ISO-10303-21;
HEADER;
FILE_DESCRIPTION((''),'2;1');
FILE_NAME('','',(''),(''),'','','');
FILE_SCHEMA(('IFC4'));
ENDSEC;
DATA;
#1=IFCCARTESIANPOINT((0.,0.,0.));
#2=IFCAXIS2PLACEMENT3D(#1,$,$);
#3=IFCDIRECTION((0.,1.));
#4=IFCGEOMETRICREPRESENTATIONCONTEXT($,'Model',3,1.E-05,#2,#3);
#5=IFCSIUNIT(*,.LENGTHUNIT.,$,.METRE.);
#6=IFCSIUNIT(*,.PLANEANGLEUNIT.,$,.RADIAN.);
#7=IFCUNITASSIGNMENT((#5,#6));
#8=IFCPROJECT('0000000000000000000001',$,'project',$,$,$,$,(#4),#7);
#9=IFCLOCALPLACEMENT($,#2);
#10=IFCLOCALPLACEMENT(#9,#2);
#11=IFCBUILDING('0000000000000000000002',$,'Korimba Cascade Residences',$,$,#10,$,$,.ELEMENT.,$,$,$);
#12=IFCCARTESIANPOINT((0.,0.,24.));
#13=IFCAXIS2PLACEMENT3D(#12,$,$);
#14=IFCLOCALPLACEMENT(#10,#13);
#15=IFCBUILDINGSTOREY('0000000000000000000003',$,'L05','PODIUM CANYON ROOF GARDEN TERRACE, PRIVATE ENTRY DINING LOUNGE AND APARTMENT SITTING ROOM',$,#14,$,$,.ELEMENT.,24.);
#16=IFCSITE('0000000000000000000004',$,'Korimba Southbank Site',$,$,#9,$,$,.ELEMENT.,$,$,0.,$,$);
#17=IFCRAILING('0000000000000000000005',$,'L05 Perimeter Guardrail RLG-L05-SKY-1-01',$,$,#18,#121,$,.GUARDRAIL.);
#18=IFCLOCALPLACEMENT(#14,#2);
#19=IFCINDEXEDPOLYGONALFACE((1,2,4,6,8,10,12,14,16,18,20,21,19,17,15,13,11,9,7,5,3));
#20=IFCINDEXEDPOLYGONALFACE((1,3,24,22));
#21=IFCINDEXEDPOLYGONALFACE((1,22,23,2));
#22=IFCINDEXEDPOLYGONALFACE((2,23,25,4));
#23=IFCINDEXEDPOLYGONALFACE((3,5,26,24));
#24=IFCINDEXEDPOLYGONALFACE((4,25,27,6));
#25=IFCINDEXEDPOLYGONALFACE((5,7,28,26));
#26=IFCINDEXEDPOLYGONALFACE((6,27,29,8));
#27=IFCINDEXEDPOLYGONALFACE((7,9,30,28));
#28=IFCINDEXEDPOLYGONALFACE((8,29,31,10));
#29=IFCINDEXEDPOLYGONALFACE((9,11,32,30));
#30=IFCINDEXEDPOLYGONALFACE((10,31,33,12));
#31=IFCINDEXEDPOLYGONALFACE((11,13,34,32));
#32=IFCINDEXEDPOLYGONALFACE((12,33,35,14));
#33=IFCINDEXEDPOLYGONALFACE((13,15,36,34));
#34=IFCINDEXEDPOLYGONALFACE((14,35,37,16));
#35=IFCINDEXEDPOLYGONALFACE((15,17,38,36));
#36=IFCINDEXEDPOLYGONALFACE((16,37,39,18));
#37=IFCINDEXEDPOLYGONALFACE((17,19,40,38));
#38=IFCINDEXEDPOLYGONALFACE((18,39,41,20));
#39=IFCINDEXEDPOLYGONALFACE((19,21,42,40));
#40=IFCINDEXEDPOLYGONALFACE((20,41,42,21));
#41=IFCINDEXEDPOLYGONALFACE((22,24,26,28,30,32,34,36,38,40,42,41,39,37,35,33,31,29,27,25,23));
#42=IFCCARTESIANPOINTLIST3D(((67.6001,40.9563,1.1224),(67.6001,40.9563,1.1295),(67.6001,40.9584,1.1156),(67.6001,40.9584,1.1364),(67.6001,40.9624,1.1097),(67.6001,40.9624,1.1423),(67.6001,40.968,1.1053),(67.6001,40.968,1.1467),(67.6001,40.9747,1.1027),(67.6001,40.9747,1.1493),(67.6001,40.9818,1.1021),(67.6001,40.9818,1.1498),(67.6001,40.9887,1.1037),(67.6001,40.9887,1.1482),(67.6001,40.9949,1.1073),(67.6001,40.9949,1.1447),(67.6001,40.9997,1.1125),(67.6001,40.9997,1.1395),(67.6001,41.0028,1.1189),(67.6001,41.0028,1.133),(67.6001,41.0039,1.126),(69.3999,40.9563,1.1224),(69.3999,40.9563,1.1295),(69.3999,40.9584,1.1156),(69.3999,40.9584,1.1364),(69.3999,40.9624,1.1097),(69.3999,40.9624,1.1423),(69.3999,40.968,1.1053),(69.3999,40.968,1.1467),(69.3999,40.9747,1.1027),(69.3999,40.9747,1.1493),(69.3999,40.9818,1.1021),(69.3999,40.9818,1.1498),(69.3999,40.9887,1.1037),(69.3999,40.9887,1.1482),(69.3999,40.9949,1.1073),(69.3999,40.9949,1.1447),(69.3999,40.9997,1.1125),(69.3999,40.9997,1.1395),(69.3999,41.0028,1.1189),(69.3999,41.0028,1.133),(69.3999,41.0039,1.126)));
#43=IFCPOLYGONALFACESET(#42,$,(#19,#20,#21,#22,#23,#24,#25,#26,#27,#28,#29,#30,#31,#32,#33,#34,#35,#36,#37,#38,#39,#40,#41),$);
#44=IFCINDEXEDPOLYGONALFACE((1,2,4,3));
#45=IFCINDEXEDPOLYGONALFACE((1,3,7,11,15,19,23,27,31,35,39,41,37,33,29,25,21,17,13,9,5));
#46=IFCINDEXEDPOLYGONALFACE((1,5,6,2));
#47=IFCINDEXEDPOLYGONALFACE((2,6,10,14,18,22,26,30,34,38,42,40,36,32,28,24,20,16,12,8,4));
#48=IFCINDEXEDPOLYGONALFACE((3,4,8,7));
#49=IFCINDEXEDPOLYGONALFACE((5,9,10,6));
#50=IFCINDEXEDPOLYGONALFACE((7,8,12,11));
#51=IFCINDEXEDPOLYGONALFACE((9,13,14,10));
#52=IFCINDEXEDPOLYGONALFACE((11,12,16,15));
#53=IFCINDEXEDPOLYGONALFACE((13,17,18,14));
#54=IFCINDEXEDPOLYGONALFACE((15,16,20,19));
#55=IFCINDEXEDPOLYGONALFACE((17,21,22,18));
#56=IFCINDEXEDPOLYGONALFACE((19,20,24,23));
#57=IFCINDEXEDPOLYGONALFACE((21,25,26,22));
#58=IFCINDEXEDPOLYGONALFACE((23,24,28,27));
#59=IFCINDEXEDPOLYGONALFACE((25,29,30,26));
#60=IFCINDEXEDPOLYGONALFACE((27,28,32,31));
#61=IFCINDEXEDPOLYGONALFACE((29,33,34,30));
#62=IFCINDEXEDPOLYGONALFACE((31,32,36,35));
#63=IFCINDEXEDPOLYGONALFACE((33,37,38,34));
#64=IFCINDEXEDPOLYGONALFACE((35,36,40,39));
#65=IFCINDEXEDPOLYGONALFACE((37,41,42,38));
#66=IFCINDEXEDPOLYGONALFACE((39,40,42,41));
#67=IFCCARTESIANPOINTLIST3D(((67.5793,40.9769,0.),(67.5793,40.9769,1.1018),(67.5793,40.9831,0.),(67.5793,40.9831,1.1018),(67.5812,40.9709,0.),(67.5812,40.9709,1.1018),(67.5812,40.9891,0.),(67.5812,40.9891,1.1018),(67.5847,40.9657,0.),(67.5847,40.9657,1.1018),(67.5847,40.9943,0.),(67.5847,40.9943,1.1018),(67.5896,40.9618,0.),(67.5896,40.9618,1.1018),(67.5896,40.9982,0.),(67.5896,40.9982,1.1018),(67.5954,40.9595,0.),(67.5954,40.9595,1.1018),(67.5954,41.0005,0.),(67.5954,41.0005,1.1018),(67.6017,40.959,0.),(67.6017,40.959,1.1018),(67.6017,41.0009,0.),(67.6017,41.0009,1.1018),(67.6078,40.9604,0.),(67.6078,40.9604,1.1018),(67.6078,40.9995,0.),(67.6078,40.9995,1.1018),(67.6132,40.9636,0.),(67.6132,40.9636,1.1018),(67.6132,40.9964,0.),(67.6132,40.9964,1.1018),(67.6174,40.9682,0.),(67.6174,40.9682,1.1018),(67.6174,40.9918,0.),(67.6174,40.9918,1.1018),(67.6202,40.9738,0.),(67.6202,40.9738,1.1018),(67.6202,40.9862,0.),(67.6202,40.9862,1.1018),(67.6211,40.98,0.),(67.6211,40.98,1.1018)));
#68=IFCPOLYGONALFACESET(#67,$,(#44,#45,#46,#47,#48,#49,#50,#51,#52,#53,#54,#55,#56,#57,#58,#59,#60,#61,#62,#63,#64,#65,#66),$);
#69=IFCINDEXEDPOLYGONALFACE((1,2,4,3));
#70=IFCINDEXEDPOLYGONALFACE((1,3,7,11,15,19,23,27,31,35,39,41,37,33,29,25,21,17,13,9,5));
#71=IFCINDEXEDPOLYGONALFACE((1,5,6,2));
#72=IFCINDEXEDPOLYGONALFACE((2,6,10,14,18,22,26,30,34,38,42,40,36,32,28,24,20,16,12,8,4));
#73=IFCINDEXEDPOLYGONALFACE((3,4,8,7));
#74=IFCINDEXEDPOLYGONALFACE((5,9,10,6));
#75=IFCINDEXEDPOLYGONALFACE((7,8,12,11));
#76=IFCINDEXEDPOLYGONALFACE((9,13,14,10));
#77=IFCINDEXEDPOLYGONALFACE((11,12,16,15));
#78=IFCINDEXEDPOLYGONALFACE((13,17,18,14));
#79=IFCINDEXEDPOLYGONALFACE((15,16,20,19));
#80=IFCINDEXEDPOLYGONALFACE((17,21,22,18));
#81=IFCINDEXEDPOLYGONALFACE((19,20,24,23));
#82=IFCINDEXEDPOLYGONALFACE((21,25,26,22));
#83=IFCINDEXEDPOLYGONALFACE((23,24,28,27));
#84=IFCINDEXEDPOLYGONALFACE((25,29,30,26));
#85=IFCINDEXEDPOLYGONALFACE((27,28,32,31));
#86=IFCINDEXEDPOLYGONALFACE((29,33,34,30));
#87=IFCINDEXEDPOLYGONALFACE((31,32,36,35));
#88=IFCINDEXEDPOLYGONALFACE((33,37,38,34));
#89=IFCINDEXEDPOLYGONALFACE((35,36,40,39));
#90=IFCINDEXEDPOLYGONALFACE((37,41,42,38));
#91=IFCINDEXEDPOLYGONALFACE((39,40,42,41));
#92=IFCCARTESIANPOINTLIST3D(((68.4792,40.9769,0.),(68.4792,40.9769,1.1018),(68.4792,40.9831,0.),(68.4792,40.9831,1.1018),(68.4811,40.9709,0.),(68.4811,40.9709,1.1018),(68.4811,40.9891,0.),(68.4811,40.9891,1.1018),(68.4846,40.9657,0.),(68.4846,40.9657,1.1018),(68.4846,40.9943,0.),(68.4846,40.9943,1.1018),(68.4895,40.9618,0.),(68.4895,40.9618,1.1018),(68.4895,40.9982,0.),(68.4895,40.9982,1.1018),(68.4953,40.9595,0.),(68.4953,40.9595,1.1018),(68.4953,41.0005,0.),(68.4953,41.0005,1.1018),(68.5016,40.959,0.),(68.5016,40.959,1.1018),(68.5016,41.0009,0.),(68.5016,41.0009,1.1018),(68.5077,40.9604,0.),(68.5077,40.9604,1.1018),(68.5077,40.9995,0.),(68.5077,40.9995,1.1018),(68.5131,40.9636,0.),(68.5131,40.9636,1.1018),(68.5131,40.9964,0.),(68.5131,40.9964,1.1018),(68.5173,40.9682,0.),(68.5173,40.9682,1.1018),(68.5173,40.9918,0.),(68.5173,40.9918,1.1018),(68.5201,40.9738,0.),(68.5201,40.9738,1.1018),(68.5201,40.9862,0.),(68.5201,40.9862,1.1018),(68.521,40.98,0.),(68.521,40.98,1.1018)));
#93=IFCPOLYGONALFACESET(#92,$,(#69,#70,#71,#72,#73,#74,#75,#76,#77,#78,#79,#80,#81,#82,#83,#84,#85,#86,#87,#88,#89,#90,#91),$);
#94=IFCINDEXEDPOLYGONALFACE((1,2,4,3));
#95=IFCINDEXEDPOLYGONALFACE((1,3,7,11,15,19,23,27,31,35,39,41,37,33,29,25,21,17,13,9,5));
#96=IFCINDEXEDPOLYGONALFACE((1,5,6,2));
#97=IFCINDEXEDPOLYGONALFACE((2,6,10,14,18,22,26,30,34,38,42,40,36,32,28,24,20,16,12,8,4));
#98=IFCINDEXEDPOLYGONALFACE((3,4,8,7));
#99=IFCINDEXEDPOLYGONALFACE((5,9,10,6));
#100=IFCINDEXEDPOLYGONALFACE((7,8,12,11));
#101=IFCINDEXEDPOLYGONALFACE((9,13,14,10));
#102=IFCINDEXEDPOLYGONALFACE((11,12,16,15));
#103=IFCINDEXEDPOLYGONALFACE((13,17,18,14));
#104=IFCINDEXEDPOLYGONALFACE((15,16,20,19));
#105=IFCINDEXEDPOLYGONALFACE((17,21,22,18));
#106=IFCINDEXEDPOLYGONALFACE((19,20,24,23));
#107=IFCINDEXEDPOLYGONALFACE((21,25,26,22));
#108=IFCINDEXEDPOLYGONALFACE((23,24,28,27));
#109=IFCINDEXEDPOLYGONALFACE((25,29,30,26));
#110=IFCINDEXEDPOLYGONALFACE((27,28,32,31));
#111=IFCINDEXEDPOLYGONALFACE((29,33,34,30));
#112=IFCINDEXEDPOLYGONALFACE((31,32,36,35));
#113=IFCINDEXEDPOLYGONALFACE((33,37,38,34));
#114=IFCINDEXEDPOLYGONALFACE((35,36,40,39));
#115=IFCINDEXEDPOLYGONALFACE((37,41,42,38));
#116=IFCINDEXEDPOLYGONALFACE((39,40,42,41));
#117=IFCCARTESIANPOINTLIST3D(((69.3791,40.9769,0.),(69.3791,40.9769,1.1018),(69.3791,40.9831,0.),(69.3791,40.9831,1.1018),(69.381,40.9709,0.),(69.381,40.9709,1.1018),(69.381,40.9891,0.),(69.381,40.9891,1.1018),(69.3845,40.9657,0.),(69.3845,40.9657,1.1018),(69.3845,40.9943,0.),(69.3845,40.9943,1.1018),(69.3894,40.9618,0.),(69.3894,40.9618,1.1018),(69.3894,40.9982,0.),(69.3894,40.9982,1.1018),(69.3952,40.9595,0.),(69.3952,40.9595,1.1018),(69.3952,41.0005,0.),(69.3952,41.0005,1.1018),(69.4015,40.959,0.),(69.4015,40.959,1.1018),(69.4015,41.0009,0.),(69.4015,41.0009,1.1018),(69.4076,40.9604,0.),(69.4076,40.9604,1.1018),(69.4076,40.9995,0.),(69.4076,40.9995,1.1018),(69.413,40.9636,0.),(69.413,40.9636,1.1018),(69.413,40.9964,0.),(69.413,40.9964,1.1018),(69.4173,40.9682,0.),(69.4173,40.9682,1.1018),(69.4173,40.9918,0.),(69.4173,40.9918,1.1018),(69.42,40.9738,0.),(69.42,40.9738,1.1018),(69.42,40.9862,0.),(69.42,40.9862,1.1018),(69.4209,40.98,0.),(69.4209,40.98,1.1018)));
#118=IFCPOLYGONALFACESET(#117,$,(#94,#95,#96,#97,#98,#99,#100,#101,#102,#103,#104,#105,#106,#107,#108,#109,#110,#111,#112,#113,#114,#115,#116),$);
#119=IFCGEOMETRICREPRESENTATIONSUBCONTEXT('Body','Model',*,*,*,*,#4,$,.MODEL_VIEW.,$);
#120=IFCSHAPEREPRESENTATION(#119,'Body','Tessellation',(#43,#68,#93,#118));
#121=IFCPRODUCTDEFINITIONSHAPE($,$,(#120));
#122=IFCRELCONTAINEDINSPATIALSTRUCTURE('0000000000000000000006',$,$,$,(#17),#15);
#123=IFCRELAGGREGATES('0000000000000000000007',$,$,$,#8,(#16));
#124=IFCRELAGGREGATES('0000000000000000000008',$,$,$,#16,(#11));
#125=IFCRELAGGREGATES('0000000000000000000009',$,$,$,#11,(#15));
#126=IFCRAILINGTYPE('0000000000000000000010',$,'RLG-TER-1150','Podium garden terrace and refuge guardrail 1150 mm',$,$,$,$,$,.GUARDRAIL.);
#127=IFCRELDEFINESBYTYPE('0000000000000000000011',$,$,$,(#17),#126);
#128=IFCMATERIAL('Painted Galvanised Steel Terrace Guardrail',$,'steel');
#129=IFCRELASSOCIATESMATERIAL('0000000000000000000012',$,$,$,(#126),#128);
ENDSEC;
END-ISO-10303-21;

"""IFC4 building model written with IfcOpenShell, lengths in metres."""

from ifc_helpers import new_model, si_unit, direction, frame, origin, origin_2d, place, context, subcontext, project, spatial, circle, extrude, material, type_object, element, save


model = new_model("IFC4")

# Units and contexts
model_context = context("Model", 3, precision=1e-05, world=origin(), true_north=direction((0.0, 1.0)))
body_context = subcontext(model_context, "Body", "Model", "MODEL_VIEW")
ifc_project = project(units=[si_unit("LENGTHUNIT", "METRE"), si_unit("PLANEANGLEUNIT", "RADIAN")], contexts=[model_context])

# Site, building, storey
site_placement = place(None, origin())
site = spatial("IfcSite", under=ifc_project, at=site_placement, Name="Korimba Southbank Site", CompositionType="ELEMENT", RefElevation=0.0)
building_placement = place(site_placement, origin())
building = spatial("IfcBuilding", under=site, at=building_placement, Name="Korimba Cascade Residences", CompositionType="ELEMENT")
storey_placement = place(building_placement, frame((0.0, 0.0, 24.0)))
storey = spatial("IfcBuildingStorey", under=building, at=storey_placement, Name="L05", Description="PODIUM CANYON ROOF GARDEN TERRACE, PRIVATE ENTRY DINING LOUNGE AND APARTMENT SITTING ROOM", CompositionType="ELEMENT", Elevation=24.0)

# Railing
ifc_material_1 = material(Name="Painted Galvanised Steel Terrace Guardrail", Category="steel")
railing_type = type_object("IfcRailingType", Name="RLG-TER-1150", Description="Podium garden terrace and refuge guardrail 1150 mm", PredefinedType="GUARDRAIL", material=ifc_material_1)
railing_1_placement = place(storey_placement, frame((67.6001, 40.98, 0.0)))
element("IfcRailing", 1, at=railing_1_placement, inside=storey, type_object=railing_type, Name="L05 Perimeter Guardrail RLG-L05-SKY-1-01", PredefinedType="GUARDRAIL", context=body_context, shape_type="SweptSolid", body=[
    extrude(circle(Radius=0.0239, at=origin_2d()), frame((0.0, 0.0, 1.126), z_axis=(1.0, 0.0, 0.0), x_axis=(0.0, 1.0, 0.0)), (0.0, 0.0, 1.0), 1.7998),
    extrude(circle(Radius=0.021, at=origin_2d()), origin(), (0.0, 0.0, 1.0), 1.1018),
    extrude(circle(Radius=0.021, at=origin_2d()), frame((0.8999, 0.0, 0.0)), (0.0, 0.0, 1.0), 1.1018),
    extrude(circle(Radius=0.021, at=origin_2d()), frame((1.7998, 0.0, 0.0)), (0.0, 0.0, 1.0), 1.1018),
])

save(model, "model.ifc")
